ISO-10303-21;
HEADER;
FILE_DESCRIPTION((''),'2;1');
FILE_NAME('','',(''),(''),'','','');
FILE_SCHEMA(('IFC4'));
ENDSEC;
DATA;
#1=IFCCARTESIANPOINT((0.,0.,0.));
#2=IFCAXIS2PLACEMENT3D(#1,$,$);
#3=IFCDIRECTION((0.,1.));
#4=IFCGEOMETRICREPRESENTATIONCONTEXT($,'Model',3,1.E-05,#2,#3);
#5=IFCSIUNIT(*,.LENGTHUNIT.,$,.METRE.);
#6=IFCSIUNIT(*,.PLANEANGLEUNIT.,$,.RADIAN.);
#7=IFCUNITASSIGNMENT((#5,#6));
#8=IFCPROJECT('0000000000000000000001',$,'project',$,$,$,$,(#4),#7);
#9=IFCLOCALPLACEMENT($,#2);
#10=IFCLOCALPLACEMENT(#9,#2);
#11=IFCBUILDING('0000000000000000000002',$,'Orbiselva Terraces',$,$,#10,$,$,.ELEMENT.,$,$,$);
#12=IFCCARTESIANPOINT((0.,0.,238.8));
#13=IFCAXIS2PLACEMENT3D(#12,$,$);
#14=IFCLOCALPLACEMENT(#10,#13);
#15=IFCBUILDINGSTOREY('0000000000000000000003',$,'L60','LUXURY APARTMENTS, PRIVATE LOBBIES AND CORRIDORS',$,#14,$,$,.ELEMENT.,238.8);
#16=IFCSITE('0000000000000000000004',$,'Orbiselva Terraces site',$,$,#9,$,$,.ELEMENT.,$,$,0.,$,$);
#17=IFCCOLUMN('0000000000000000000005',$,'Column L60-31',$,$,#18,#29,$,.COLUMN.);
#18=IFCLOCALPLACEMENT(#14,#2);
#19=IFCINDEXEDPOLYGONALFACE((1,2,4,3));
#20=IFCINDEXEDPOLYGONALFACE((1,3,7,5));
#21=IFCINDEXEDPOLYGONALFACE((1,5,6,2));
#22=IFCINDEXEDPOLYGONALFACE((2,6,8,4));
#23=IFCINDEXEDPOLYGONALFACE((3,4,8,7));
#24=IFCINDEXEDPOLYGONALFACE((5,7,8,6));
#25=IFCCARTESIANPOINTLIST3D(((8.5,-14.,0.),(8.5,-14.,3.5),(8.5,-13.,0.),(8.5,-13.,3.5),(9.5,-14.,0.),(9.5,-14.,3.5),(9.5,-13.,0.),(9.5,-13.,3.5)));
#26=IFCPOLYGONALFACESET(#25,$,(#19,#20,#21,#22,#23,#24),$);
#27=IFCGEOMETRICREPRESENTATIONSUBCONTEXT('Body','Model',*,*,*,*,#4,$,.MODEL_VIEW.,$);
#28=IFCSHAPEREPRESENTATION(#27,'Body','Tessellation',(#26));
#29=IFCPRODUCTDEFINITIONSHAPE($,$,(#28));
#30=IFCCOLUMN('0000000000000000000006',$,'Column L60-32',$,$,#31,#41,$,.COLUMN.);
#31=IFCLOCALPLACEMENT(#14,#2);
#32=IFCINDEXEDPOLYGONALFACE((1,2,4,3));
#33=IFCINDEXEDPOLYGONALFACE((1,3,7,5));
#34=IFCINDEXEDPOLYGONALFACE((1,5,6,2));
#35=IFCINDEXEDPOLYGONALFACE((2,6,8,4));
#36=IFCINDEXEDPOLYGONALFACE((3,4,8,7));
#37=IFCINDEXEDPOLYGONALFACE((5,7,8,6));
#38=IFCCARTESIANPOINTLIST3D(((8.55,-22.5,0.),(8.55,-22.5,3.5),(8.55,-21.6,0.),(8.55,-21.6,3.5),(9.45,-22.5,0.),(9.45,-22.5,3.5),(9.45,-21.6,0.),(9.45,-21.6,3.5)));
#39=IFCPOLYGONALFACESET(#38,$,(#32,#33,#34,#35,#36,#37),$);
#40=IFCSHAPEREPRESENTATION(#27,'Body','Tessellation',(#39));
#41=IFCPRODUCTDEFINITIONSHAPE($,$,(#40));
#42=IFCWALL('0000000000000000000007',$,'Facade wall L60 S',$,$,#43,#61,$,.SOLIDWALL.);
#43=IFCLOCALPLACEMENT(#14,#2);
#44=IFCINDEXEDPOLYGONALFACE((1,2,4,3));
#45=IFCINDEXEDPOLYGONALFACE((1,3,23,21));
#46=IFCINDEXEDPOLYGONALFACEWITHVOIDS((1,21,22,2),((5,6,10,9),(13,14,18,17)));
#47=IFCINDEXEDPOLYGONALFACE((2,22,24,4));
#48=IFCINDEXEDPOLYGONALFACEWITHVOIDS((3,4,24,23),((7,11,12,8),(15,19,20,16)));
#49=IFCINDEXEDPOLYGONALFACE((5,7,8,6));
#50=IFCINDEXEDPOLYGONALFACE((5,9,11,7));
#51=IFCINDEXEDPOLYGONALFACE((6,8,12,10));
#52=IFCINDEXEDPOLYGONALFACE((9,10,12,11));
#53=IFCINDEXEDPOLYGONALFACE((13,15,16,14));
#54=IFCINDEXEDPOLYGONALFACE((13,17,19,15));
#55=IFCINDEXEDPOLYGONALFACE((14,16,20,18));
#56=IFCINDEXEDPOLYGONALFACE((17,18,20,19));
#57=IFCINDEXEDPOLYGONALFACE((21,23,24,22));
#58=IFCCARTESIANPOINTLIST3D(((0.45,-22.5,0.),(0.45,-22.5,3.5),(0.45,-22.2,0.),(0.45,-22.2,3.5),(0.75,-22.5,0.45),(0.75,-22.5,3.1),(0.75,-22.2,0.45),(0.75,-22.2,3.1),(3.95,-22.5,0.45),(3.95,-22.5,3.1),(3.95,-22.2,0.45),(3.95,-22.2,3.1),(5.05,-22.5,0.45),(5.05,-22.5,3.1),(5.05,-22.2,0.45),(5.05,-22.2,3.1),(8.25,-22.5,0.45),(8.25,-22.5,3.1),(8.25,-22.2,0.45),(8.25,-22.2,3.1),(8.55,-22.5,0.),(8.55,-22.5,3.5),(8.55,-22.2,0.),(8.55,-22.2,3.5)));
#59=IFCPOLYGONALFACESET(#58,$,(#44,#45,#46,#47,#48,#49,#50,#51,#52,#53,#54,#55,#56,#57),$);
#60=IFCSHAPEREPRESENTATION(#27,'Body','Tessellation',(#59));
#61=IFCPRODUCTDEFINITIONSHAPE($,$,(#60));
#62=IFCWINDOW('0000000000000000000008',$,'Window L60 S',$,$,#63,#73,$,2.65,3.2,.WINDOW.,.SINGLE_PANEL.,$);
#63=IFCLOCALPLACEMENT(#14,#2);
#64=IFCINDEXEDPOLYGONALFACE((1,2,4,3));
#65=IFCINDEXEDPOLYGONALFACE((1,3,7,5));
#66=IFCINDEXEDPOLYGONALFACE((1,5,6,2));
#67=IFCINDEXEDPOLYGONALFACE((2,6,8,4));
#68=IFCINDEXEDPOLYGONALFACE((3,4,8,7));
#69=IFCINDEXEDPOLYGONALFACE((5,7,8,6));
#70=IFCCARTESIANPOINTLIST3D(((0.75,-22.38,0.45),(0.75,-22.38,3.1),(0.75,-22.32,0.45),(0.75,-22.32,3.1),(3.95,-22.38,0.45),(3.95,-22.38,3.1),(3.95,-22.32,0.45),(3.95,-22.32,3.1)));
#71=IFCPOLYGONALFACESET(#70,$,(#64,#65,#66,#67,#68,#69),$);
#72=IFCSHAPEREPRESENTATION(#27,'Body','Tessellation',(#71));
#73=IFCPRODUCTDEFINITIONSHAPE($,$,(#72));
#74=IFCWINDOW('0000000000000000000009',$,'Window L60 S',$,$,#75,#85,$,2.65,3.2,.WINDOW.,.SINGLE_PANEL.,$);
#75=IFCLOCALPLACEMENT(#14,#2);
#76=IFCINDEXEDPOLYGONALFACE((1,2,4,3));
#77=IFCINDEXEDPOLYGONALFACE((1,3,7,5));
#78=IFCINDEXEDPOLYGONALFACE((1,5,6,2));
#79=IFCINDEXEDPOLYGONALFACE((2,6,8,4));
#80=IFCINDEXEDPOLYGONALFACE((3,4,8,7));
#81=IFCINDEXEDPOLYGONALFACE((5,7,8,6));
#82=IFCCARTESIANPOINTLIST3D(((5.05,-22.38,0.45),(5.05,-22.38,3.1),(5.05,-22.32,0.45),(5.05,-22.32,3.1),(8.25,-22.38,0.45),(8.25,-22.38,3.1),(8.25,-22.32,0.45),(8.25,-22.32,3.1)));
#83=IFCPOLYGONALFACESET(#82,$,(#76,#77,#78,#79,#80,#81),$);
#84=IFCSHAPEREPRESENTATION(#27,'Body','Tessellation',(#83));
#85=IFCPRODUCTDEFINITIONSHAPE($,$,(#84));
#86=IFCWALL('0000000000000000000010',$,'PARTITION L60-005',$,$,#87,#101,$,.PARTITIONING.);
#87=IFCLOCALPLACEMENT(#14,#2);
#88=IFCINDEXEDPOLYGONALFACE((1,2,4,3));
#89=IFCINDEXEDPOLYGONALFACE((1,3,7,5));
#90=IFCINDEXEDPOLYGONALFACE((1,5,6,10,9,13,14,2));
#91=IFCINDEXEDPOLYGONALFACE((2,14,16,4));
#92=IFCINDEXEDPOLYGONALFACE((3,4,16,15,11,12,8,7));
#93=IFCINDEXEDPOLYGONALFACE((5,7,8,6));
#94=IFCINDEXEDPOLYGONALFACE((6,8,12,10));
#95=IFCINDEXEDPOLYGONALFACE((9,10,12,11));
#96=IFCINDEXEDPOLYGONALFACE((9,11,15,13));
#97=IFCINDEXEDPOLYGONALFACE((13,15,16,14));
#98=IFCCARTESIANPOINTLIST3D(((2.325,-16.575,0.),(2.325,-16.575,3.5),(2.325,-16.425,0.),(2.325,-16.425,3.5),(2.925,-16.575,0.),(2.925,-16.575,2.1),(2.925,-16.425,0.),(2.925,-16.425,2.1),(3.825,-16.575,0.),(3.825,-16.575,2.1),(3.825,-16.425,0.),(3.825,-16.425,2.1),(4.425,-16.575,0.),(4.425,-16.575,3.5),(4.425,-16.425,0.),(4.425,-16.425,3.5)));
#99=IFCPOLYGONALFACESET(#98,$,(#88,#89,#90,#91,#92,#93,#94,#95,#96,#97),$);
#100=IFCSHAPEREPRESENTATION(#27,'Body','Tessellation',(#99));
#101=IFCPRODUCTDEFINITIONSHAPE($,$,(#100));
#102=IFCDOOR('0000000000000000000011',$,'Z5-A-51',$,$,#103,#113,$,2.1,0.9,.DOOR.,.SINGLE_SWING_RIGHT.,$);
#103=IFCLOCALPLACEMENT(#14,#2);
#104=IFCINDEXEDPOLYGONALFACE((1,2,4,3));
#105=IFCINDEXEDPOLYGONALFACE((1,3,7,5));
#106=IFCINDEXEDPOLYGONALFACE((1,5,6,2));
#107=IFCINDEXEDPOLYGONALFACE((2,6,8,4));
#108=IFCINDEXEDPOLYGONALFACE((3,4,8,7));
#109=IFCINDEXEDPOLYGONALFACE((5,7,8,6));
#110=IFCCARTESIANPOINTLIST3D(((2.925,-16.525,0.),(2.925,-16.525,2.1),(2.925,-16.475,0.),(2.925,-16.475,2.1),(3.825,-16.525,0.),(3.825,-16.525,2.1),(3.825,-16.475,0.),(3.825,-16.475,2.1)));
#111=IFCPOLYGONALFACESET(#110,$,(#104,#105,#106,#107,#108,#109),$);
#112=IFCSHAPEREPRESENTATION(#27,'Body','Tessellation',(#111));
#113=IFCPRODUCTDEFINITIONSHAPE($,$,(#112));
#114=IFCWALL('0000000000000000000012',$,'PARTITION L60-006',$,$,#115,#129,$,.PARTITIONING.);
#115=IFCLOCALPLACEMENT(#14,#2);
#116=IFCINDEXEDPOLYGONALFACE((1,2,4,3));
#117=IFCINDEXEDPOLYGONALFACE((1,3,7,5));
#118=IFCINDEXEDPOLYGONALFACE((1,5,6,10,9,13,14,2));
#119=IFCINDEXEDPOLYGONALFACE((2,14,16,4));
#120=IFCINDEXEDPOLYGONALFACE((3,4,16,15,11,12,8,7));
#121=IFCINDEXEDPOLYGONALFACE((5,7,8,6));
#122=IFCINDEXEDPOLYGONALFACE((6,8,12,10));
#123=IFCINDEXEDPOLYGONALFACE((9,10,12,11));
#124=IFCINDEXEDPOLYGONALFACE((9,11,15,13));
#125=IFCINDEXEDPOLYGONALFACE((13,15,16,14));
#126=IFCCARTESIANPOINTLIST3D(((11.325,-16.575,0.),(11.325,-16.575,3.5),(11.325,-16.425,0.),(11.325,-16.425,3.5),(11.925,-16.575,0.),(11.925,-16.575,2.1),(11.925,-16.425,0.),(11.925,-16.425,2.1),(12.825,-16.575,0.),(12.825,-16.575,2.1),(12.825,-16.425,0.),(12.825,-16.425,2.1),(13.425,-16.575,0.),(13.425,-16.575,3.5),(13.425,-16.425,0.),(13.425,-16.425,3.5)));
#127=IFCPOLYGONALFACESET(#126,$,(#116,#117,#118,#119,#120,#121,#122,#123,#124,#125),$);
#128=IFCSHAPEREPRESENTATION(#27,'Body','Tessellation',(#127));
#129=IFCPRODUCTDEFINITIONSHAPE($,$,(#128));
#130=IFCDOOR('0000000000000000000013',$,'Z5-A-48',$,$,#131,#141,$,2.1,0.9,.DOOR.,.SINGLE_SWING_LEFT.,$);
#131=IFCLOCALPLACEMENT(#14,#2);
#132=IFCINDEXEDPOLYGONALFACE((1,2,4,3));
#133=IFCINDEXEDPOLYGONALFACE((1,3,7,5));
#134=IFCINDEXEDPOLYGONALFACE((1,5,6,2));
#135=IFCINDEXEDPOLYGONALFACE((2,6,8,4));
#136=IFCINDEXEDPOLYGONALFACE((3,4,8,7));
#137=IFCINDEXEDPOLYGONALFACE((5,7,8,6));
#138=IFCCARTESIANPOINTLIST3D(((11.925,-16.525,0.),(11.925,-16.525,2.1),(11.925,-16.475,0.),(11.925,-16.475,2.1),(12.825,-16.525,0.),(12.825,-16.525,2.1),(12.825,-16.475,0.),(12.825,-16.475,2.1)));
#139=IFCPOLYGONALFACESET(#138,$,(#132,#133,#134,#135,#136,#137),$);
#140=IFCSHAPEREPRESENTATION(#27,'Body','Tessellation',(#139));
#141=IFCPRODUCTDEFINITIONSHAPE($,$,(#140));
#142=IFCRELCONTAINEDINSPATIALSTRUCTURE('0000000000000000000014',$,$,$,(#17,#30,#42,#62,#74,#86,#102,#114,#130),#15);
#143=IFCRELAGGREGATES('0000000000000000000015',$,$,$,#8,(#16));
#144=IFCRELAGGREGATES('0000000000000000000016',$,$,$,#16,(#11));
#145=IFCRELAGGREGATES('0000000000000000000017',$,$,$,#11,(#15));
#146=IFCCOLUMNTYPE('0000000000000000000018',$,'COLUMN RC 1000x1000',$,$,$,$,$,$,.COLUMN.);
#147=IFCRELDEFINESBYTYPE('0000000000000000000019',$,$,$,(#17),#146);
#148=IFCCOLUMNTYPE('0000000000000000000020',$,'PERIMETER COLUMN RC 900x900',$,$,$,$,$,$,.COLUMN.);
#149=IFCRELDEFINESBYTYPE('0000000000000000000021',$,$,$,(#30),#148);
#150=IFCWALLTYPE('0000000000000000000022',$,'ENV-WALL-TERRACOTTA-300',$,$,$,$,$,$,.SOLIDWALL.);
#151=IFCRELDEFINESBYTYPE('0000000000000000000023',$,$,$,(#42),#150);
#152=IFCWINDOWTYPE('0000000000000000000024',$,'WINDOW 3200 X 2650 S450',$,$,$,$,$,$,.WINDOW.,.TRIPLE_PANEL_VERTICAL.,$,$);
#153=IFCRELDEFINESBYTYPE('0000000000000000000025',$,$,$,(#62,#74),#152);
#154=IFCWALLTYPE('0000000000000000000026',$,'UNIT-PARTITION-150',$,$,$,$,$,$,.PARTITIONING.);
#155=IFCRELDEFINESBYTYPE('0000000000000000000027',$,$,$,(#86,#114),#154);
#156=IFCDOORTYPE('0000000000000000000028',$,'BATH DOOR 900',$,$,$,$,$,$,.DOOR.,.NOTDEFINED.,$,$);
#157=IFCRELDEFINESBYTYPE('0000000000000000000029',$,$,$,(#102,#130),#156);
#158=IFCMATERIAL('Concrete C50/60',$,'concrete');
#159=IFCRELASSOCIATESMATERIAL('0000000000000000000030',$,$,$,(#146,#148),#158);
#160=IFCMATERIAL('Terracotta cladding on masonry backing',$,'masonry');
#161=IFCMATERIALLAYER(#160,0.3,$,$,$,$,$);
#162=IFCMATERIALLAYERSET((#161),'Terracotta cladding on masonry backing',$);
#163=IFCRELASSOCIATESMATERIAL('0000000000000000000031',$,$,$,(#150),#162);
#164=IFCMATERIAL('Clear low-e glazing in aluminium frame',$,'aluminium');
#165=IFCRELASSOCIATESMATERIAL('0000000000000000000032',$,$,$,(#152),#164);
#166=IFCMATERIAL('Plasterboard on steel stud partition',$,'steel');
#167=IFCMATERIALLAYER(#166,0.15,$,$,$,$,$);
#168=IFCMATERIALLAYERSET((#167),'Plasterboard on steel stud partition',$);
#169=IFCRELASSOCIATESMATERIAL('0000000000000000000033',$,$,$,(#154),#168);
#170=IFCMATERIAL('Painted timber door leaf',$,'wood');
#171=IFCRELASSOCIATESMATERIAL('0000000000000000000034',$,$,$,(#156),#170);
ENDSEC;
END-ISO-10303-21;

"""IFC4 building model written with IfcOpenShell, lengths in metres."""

from ifc_helpers import new_model, si_unit, direction, frame, frame_2d, origin, origin_2d, place, context, subcontext, project, spatial, rectangle, extrude, material, layer, layer_set, material_profile, profile_set, type_object, element, fill, save


model = new_model("IFC4")

# Units and contexts
model_context = context("Model", 3, precision=1e-05, world=origin(), true_north=direction((0.0, 1.0)))
body_context = subcontext(model_context, "Body", "Model", "MODEL_VIEW")
ifc_project = project(units=[si_unit("LENGTHUNIT", "METRE"), si_unit("PLANEANGLEUNIT", "RADIAN")], contexts=[model_context])

# Site, building, storey
site_placement = place(None, origin())
site = spatial("IfcSite", under=ifc_project, at=site_placement, Name="Orbiselva Terraces site", CompositionType="ELEMENT", RefElevation=0.0)
building_placement = place(site_placement, origin())
building = spatial("IfcBuilding", under=site, at=building_placement, Name="Orbiselva Terraces", CompositionType="ELEMENT")
storey_placement = place(building_placement, frame((0.0, 0.0, 238.8)))
storey = spatial("IfcBuildingStorey", under=building, at=storey_placement, Name="L60", Description="LUXURY APARTMENTS, PRIVATE LOBBIES AND CORRIDORS", CompositionType="ELEMENT", Elevation=238.8)

# Columns
ifc_material_1 = material(Name="Concrete C50/60", Category="concrete")
ifc_material_profile_1 = material_profile(ifc_material_1, rectangle(XDim=1.0, YDim=1.0, at=origin_2d()), Name="RC 1000x1000")
ifc_profile_set_1 = profile_set([ifc_material_profile_1], Name="Concrete C50/60")
column_type_1 = type_object("IfcColumnType", Name="COLUMN RC 1000x1000", PredefinedType="COLUMN", material=ifc_profile_set_1)
column_1_placement = place(storey_placement, frame((9.0, -13.5, 0.0), z_axis=(0.0, 0.0, 1.0), x_axis=(1.0, 0.0, 0.0)))
element("IfcColumn", 1, at=column_1_placement, inside=storey, type_object=column_type_1, Name="Column L60-31", PredefinedType="COLUMN", context=body_context, shape_type="SweptSolid", body=[
    extrude(rectangle(XDim=1.0, YDim=1.0, at=origin_2d()), origin(), (0.0, 0.0, 1.0), 3.5),
])
ifc_material_profile_2 = material_profile(ifc_material_1, rectangle(XDim=0.9, YDim=0.9, at=origin_2d()), Name="RC 900x900")
ifc_profile_set_2 = profile_set([ifc_material_profile_2], Name="Concrete C50/60")
column_type_2 = type_object("IfcColumnType", Name="PERIMETER COLUMN RC 900x900", PredefinedType="COLUMN", material=ifc_profile_set_2)
column_2_placement = place(storey_placement, frame((9.0, -22.05, 0.0), z_axis=(0.0, 0.0, 1.0), x_axis=(1.0, 0.0, 0.0)))
element("IfcColumn", 2, at=column_2_placement, inside=storey, type_object=column_type_2, Name="Column L60-32", PredefinedType="COLUMN", context=body_context, shape_type="SweptSolid", body=[
    extrude(rectangle(XDim=0.9, YDim=0.9, at=origin_2d()), origin(), (0.0, 0.0, 1.0), 3.5),
])

# Wall, openings, windows
ifc_material_2 = material(Name="Terracotta cladding on masonry backing", Category="masonry")
ifc_layer_1 = layer(ifc_material_2, 0.3)
ifc_layer_set_1 = layer_set([ifc_layer_1], Name="Terracotta cladding on masonry backing")
wall_type_1 = type_object("IfcWallType", Name="ENV-WALL-TERRACOTTA-300", PredefinedType="SOLIDWALL", material=ifc_layer_set_1)
wall_1_placement = place(storey_placement, frame((8.55, -22.35, 0.0), z_axis=(0.0, 0.0, 1.0), x_axis=(-1.0, 0.0, 0.0)))
wall_1 = element("IfcWall", 3, at=wall_1_placement, inside=storey, type_object=wall_type_1, Name="Facade wall L60 S", PredefinedType="SOLIDWALL", context=body_context, shape_type="SweptSolid", body=[
    extrude(rectangle(XDim=8.1, YDim=0.3, at=frame_2d((4.05, 0.0))), origin(), (0.0, 0.0, 1.0), 3.5),
])
opening_1_placement = place(wall_1_placement, frame((4.6, 0.0, 0.45)))
opening_1 = element("IfcOpeningElement", 4, at=opening_1_placement, cuts=wall_1, PredefinedType="OPENING", context=body_context, shape_type="SweptSolid", body=[
    extrude(rectangle(XDim=3.2, YDim=2.65, at=frame_2d((1.6, 1.325))), frame((0.0, 0.16, 0.0), z_axis=(0.0, -1.0, 0.0), x_axis=(1.0, 0.0, 0.0)), (0.0, 0.0, 1.0), 0.32),
])
opening_2_placement = place(wall_1_placement, frame((0.3, 0.0, 0.45)))
opening_2 = element("IfcOpeningElement", 5, at=opening_2_placement, cuts=wall_1, PredefinedType="OPENING", context=body_context, shape_type="SweptSolid", body=[
    extrude(rectangle(XDim=3.2, YDim=2.65, at=frame_2d((1.6, 1.325))), frame((0.0, 0.16, 0.0), z_axis=(0.0, -1.0, 0.0), x_axis=(1.0, 0.0, 0.0)), (0.0, 0.0, 1.0), 0.32),
])
ifc_material_3 = material(Name="Clear low-e glazing in aluminium frame", Category="aluminium")
window_type = type_object("IfcWindowType", Name="WINDOW 3200 X 2650 S450", PartitioningType="TRIPLE_PANEL_VERTICAL", PredefinedType="WINDOW", material=ifc_material_3)
window_1_placement = place(opening_1_placement, origin())
window_1 = element("IfcWindow", 6, at=window_1_placement, inside=storey, type_object=window_type, Name="Window L60 S", OverallHeight=2.65, OverallWidth=3.2, PartitioningType="SINGLE_PANEL", PredefinedType="WINDOW", context=body_context, shape_type="SweptSolid", body=[
    extrude(rectangle(XDim=3.2, YDim=2.65, at=frame_2d((1.6, 1.325))), frame((0.0, 0.03, 0.0), z_axis=(0.0, -1.0, 0.0), x_axis=(1.0, 0.0, 0.0)), (0.0, 0.0, 1.0), 0.06),
])
fill(opening_1, window_1)
window_2_placement = place(opening_2_placement, origin())
window_2 = element("IfcWindow", 7, at=window_2_placement, inside=storey, type_object=window_type, Name="Window L60 S", OverallHeight=2.65, OverallWidth=3.2, PartitioningType="SINGLE_PANEL", PredefinedType="WINDOW", context=body_context, shape_type="SweptSolid", body=[
    extrude(rectangle(XDim=3.2, YDim=2.65, at=frame_2d((1.6, 1.325))), frame((0.0, 0.03, 0.0), z_axis=(0.0, -1.0, 0.0), x_axis=(1.0, 0.0, 0.0)), (0.0, 0.0, 1.0), 0.06),
])
fill(opening_2, window_2)

# Walls, openings, doors
ifc_material_4 = material(Name="Plasterboard on steel stud partition", Category="steel")
ifc_layer_2 = layer(ifc_material_4, 0.15)
ifc_layer_set_2 = layer_set([ifc_layer_2], Name="Plasterboard on steel stud partition")
wall_type_2 = type_object("IfcWallType", Name="UNIT-PARTITION-150", PredefinedType="PARTITIONING", material=ifc_layer_set_2)
wall_2_placement = place(storey_placement, frame((2.325, -16.5, 0.0), z_axis=(0.0, 0.0, 1.0), x_axis=(1.0, 0.0, 0.0)))
wall_2 = element("IfcWall", 8, at=wall_2_placement, inside=storey, type_object=wall_type_2, Name="PARTITION L60-005", PredefinedType="PARTITIONING", context=body_context, shape_type="SweptSolid", body=[
    extrude(rectangle(XDim=2.1, YDim=0.15, at=frame_2d((1.05, 0.0))), origin(), (0.0, 0.0, 1.0), 3.5),
])
opening_3_placement = place(wall_2_placement, frame((0.6, 0.0, 0.0)))
opening_3 = element("IfcOpeningElement", 9, at=opening_3_placement, cuts=wall_2, PredefinedType="OPENING", context=body_context, shape_type="SweptSolid", body=[
    extrude(rectangle(XDim=0.9, YDim=2.1, at=frame_2d((0.45, 1.05))), frame((0.0, 0.085, 0.0), z_axis=(0.0, -1.0, 0.0), x_axis=(1.0, 0.0, 0.0)), (0.0, 0.0, 1.0), 0.17),
])
ifc_material_5 = material(Name="Painted timber door leaf", Category="wood")
door_type_1 = type_object("IfcDoorType", Name="BATH DOOR 900", OperationType="NOTDEFINED", PredefinedType="DOOR", material=ifc_material_5)
door_1_placement = place(opening_3_placement, origin())
door_1 = element("IfcDoor", 10, at=door_1_placement, inside=storey, type_object=door_type_1, Name="Z5-A-51", OperationType="SINGLE_SWING_RIGHT", OverallHeight=2.1, OverallWidth=0.9, PredefinedType="DOOR", context=body_context, shape_type="SweptSolid", body=[
    extrude(rectangle(XDim=0.9, YDim=2.1, at=frame_2d((0.45, 1.05))), frame((0.0, 0.025, 0.0), z_axis=(0.0, -1.0, 0.0), x_axis=(1.0, 0.0, 0.0)), (0.0, 0.0, 1.0), 0.05),
])
fill(opening_3, door_1)
wall_3_placement = place(storey_placement, frame((11.325, -16.5, 0.0), z_axis=(0.0, 0.0, 1.0), x_axis=(1.0, 0.0, 0.0)))
wall_3 = element("IfcWall", 11, at=wall_3_placement, inside=storey, type_object=wall_type_2, Name="PARTITION L60-006", PredefinedType="PARTITIONING", context=body_context, shape_type="SweptSolid", body=[
    extrude(rectangle(XDim=2.1, YDim=0.15, at=frame_2d((1.05, 0.0))), origin(), (0.0, 0.0, 1.0), 3.5),
])
opening_4_placement = place(wall_3_placement, frame((0.6, 0.0, 0.0)))
opening_4 = element("IfcOpeningElement", 12, at=opening_4_placement, cuts=wall_3, PredefinedType="OPENING", context=body_context, shape_type="SweptSolid", body=[
    extrude(rectangle(XDim=0.9, YDim=2.1, at=frame_2d((0.45, 1.05))), frame((0.0, 0.085, 0.0), z_axis=(0.0, -1.0, 0.0), x_axis=(1.0, 0.0, 0.0)), (0.0, 0.0, 1.0), 0.17),
])
door_2_placement = place(opening_4_placement, origin())
door_2 = element("IfcDoor", 13, at=door_2_placement, inside=storey, type_object=door_type_1, Name="Z5-A-48", OperationType="SINGLE_SWING_LEFT", OverallHeight=2.1, OverallWidth=0.9, PredefinedType="DOOR", context=body_context, shape_type="SweptSolid", body=[
    extrude(rectangle(XDim=0.9, YDim=2.1, at=frame_2d((0.45, 1.05))), frame((0.0, 0.025, 0.0), z_axis=(0.0, -1.0, 0.0), x_axis=(1.0, 0.0, 0.0)), (0.0, 0.0, 1.0), 0.05),
])
fill(opening_4, door_2)

save(model, "model.ifc")
